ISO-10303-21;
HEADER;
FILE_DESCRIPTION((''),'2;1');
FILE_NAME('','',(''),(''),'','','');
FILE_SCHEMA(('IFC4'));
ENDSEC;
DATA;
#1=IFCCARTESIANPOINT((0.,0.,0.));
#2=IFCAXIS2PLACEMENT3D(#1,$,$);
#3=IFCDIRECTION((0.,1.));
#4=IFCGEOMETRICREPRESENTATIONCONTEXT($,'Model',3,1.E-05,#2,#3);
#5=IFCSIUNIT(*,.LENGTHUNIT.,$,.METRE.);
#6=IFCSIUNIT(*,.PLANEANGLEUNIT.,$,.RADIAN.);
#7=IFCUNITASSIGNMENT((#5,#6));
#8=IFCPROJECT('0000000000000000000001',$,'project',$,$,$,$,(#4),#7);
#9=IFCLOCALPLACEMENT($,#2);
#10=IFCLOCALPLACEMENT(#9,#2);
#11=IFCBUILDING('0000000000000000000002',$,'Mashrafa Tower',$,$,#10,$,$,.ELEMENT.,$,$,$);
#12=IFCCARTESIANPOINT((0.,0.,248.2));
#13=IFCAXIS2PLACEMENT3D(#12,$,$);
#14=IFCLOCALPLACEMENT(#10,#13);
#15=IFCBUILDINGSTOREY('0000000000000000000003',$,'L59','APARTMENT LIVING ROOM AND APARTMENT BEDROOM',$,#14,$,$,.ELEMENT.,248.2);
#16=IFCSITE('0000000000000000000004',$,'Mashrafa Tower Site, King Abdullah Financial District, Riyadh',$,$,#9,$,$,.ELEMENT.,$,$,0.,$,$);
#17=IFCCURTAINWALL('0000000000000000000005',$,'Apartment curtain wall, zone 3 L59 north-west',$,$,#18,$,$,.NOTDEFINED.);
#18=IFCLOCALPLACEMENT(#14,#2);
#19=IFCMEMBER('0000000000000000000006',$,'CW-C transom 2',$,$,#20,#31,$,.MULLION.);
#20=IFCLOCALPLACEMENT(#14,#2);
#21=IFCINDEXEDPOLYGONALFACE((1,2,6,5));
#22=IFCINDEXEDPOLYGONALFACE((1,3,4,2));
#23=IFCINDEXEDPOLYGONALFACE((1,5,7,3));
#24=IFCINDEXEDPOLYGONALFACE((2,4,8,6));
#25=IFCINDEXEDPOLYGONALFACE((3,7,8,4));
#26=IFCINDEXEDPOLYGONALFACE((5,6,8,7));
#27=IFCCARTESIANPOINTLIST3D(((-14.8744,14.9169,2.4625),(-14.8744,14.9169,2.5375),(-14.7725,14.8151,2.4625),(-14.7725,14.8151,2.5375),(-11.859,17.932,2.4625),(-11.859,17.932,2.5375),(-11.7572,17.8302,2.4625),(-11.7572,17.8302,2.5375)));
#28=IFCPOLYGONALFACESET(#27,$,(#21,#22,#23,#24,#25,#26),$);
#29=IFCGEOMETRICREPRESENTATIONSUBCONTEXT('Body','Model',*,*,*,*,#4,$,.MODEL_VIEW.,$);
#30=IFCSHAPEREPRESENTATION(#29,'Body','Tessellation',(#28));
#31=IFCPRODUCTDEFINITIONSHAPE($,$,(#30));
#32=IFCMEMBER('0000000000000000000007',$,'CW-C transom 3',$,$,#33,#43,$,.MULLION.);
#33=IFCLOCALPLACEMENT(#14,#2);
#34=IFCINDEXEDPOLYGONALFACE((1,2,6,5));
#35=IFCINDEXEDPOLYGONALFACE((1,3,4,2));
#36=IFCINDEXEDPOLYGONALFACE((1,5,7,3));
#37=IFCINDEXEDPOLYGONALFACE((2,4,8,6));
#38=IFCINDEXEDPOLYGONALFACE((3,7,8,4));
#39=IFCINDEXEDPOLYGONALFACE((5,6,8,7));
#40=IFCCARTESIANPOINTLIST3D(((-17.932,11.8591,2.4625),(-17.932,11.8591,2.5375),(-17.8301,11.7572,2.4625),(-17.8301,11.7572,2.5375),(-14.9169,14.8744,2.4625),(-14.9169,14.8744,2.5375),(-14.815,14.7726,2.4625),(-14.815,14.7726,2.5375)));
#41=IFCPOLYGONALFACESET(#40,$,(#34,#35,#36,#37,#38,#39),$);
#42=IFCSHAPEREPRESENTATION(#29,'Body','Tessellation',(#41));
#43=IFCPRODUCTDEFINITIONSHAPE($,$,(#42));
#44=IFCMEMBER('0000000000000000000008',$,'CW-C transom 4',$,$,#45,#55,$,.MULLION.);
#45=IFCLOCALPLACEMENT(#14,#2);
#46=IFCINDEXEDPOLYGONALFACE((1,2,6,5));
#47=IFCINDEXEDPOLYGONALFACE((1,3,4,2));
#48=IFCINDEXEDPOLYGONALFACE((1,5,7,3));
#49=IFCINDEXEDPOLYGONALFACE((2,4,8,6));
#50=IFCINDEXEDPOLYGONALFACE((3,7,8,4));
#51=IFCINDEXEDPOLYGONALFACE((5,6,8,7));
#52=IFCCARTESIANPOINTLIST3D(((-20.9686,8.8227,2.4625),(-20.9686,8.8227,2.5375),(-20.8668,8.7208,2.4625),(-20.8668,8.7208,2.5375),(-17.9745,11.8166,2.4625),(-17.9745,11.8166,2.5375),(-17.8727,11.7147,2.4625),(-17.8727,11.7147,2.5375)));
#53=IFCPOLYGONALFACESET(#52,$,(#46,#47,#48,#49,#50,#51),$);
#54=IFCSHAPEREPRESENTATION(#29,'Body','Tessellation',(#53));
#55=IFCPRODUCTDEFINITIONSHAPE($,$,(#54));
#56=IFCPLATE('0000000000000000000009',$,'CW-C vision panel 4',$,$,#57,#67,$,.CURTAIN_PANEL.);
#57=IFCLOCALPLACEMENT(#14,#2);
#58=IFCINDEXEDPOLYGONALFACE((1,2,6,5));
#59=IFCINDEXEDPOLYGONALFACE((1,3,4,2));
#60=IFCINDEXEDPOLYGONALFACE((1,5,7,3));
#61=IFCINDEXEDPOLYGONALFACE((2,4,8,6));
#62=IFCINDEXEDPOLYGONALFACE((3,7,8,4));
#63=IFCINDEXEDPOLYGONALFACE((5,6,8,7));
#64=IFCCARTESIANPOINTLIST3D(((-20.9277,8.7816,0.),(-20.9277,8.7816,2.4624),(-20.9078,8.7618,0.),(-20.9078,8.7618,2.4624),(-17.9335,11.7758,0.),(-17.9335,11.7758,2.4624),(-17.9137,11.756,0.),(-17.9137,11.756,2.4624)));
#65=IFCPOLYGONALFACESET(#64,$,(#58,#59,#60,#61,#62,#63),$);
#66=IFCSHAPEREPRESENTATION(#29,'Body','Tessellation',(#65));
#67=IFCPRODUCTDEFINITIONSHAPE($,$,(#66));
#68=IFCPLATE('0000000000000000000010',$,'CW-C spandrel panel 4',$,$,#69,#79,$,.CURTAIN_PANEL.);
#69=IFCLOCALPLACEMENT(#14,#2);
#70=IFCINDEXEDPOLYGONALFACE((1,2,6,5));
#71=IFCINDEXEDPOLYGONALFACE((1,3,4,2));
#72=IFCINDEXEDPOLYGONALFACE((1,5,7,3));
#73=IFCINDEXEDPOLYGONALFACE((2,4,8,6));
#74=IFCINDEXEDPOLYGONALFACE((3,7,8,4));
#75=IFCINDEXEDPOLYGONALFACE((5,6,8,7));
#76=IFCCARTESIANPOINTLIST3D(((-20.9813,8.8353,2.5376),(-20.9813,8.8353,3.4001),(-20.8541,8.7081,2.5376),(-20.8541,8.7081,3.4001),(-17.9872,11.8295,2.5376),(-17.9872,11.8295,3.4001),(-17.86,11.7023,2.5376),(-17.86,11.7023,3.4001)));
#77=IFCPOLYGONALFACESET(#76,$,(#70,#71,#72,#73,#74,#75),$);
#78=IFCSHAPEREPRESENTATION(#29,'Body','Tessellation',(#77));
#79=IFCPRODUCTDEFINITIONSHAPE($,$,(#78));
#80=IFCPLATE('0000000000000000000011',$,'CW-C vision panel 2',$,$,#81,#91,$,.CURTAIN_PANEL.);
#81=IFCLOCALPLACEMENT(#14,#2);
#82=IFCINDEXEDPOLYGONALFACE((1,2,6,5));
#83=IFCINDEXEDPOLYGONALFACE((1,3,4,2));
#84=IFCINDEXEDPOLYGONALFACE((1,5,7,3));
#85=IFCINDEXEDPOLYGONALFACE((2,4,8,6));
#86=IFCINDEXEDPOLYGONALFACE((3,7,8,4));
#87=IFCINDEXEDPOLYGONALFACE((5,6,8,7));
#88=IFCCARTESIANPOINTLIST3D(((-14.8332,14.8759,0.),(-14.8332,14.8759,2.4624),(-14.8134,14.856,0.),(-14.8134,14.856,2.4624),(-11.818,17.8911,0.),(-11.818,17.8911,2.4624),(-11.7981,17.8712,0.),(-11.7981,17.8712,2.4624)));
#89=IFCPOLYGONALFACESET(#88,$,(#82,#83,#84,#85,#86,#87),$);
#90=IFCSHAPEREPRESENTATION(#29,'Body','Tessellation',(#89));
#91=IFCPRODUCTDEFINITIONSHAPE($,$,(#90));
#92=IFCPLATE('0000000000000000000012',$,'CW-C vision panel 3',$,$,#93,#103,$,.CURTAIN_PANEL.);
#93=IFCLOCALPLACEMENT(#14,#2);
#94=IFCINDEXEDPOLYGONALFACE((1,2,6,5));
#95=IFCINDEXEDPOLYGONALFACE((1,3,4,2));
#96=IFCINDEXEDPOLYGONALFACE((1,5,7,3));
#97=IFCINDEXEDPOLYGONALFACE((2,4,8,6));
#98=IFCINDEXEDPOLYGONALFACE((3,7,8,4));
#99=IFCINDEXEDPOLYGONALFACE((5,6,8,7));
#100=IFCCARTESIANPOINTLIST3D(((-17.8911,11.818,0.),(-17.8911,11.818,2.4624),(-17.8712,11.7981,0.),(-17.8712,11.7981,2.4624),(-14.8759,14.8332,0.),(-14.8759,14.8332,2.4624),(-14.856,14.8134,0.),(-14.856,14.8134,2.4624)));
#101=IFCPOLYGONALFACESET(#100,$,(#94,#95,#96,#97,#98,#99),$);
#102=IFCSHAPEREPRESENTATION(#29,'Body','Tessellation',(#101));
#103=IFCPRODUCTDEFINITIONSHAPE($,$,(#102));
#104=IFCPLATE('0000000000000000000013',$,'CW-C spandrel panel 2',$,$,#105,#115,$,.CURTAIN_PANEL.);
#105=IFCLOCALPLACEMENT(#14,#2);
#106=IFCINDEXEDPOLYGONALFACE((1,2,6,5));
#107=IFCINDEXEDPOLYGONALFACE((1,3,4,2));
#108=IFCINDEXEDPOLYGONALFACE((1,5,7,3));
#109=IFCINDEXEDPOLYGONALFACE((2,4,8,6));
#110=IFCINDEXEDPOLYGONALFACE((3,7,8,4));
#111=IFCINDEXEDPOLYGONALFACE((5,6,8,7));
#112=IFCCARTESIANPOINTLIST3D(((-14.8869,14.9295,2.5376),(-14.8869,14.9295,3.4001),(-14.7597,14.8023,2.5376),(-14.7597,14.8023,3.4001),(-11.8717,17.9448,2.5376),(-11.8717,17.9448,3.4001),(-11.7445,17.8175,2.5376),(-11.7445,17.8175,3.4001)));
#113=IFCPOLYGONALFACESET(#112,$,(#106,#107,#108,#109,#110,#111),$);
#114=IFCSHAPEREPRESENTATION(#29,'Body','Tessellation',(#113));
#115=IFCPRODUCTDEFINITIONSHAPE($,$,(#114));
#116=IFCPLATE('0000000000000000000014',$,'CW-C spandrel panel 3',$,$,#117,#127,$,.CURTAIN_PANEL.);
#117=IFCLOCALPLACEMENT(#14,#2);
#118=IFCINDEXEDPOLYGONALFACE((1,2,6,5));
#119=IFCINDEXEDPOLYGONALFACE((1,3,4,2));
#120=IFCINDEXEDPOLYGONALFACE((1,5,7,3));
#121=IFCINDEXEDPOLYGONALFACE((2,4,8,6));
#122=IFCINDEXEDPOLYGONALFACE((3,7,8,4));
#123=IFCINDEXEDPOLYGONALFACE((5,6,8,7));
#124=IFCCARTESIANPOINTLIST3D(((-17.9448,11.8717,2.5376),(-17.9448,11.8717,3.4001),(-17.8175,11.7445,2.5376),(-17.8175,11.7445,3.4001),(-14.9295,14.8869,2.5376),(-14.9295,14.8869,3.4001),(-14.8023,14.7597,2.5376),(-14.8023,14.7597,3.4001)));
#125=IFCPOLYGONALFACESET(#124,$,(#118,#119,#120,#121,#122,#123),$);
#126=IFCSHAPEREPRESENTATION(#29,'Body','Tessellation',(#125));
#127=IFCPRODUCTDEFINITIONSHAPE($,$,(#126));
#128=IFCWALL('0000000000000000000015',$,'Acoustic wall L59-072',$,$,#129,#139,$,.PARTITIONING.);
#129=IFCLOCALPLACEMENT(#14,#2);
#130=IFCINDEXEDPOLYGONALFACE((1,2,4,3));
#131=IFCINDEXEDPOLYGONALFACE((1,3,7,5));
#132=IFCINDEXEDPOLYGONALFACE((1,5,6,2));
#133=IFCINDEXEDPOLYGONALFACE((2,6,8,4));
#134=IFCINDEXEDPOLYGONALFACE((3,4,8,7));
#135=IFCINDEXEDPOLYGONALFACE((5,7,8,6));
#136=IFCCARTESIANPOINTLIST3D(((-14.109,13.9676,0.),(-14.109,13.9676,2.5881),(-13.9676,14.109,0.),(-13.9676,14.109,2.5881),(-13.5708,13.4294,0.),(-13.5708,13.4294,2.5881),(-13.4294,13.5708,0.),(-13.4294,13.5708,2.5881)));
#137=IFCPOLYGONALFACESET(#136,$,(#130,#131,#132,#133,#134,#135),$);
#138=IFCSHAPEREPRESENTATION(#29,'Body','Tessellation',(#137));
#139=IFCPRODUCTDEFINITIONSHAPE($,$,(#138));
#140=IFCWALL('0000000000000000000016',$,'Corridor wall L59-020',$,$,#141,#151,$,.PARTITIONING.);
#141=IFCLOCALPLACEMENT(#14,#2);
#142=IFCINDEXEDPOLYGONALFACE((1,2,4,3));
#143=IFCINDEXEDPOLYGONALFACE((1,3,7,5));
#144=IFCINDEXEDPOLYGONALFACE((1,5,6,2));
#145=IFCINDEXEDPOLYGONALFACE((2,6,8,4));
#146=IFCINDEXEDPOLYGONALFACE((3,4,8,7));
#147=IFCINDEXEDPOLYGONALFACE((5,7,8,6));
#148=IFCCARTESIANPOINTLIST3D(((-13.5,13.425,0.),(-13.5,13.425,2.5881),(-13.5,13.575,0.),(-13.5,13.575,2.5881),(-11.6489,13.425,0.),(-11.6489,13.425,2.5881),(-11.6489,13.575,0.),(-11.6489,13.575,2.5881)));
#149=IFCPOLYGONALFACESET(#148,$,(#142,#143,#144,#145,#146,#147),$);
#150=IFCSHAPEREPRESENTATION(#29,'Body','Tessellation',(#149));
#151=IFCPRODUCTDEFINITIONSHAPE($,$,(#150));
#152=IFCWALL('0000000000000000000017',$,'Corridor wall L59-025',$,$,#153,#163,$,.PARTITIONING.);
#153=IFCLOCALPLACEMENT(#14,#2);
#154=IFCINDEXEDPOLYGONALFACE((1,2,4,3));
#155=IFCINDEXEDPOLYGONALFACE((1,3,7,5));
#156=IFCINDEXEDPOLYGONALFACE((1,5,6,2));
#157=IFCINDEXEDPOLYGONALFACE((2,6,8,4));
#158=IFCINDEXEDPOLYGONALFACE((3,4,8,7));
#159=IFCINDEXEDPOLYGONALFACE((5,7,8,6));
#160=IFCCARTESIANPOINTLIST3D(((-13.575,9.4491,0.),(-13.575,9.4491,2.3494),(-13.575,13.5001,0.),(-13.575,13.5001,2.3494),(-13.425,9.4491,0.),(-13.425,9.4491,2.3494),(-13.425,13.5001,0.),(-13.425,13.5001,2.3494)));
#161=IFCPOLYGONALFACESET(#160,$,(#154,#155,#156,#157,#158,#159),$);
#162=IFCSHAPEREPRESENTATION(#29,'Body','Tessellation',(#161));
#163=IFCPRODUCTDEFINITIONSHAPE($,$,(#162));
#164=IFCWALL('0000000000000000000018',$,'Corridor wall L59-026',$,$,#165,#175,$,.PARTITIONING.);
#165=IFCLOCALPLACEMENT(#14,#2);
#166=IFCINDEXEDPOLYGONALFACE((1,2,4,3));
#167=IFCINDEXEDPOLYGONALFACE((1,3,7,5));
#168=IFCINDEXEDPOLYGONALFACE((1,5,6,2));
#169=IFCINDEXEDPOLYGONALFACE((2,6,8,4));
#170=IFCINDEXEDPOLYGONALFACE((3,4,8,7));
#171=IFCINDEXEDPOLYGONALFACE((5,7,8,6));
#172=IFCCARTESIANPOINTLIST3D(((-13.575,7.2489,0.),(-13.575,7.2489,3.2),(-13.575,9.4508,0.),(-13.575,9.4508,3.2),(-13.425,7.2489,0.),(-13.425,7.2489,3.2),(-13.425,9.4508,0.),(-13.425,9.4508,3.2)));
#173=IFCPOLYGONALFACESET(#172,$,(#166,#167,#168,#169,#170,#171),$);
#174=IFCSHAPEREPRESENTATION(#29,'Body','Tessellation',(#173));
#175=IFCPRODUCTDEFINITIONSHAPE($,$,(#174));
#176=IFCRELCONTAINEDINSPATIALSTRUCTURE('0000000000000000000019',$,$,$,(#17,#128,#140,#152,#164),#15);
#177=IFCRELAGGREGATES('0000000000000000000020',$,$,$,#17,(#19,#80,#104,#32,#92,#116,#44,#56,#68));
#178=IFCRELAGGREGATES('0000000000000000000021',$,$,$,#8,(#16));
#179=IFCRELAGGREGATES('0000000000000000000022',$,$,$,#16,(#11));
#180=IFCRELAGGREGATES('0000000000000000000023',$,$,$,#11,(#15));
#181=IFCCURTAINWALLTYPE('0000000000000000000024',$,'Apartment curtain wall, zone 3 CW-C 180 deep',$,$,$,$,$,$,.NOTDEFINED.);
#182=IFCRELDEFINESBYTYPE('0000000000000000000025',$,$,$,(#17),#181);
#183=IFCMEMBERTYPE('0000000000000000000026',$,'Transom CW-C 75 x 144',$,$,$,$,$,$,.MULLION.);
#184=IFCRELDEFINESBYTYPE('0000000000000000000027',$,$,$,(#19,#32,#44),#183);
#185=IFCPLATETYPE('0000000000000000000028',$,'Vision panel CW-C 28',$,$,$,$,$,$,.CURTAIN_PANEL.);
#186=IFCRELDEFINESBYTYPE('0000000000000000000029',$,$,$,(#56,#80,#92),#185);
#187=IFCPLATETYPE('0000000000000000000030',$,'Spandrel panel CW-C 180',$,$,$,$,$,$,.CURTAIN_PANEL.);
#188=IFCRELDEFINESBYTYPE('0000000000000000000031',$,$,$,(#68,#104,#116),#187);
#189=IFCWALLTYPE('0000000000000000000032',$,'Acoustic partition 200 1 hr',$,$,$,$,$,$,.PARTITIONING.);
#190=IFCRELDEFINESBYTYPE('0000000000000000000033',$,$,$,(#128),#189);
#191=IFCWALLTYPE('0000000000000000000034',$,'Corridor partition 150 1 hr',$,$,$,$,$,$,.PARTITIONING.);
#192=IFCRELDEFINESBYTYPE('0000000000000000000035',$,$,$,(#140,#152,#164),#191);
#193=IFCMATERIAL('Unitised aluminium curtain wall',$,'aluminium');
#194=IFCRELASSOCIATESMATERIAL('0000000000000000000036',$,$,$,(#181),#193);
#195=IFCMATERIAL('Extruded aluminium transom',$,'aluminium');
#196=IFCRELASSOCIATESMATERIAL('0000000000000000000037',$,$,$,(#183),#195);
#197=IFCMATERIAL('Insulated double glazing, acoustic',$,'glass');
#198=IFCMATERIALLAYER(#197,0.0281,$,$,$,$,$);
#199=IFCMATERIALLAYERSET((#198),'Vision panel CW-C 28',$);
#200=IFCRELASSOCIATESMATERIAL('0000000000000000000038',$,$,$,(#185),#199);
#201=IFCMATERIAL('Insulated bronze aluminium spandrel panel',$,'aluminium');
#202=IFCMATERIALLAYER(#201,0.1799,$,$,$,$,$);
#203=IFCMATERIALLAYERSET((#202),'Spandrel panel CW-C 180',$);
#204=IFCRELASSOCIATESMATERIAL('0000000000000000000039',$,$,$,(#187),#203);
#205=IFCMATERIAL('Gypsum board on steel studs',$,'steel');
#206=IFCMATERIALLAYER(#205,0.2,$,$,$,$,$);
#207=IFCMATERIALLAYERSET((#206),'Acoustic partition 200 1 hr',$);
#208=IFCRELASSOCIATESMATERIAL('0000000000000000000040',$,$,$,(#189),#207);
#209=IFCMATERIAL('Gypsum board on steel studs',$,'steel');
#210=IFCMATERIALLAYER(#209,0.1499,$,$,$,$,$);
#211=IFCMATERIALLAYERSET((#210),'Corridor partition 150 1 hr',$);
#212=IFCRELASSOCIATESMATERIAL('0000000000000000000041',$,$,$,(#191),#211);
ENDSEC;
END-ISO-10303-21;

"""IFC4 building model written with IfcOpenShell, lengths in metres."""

from ifc_helpers import new_model, si_unit, direction, frame, frame_2d, origin, origin_2d, place, context, subcontext, project, spatial, rectangle, extrude, source, transform, mapped, material, layer, layer_set, material_profile, profile_set, type_object, type_shapes, element, aggregate, save


model = new_model("IFC4")

# Units and contexts
model_context = context("Model", 3, precision=1e-05, world=origin(), true_north=direction((0.0, 1.0)))
body_context = subcontext(model_context, "Body", "Model", "MODEL_VIEW")
ifc_project = project(units=[si_unit("LENGTHUNIT", "METRE"), si_unit("PLANEANGLEUNIT", "RADIAN")], contexts=[model_context])

# Site, building, storey
site_placement = place(None, origin())
site = spatial("IfcSite", under=ifc_project, at=site_placement, Name="Mashrafa Tower Site, King Abdullah Financial District, Riyadh", CompositionType="ELEMENT", RefElevation=0.0)
building_placement = place(site_placement, origin())
building = spatial("IfcBuilding", under=site, at=building_placement, Name="Mashrafa Tower", CompositionType="ELEMENT")
storey_placement = place(building_placement, frame((0.0, 0.0, 248.2)))
storey = spatial("IfcBuildingStorey", under=building, at=storey_placement, Name="L59", Description="APARTMENT LIVING ROOM AND APARTMENT BEDROOM", CompositionType="ELEMENT", Elevation=248.2)

# Curtain wall, members, plates
ifc_material_1 = material(Name="Unitised aluminium curtain wall", Category="aluminium")
curtain_wall_type = type_object("IfcCurtainWallType", Name="Apartment curtain wall, zone 3 CW-C 180 deep", PredefinedType="NOTDEFINED", material=ifc_material_1)
curtain_wall_placement = place(storey_placement, origin())
curtain_wall = element("IfcCurtainWall", 1, at=curtain_wall_placement, inside=storey, type_object=curtain_wall_type, Name="Apartment curtain wall, zone 3 L59 north-west", PredefinedType="NOTDEFINED")
ifc_material_2 = material(Name="Extruded aluminium transom", Category="aluminium")
ifc_material_profile_1 = material_profile(ifc_material_2, rectangle(XDim=0.144, YDim=0.075, at=origin_2d()), Name="Transom 75x144")
ifc_profile_set_1 = profile_set([ifc_material_profile_1], Name="Extruded aluminium transom")
member_type_1 = type_object("IfcMemberType", Name="Transom CW-C 75 x 144", PredefinedType="MULLION", material=ifc_profile_set_1)
shared_shape_1 = source(origin(), body_context, "Body", "SweptSolid", [
    extrude(rectangle(XDim=0.144, YDim=0.075, at=origin_2d()), origin(), (0.0, 0.0, 1.0), 4.2642),
])
member_1_placement = place(storey_placement, frame((-11.8081, 17.8811, 2.5), z_axis=(-0.707135, -0.707078, 0.0), x_axis=(0.707078, -0.707135, 0.0)))
member_1 = element("IfcMember", 2, at=member_1_placement, type_object=member_type_1, Name="CW-C transom 2", PredefinedType="MULLION", context=body_context, shape_type="MappedRepresentation", body=[
    mapped(shared_shape_1, transform((0.0, 0.0, 0.0))),
])
member_2_placement = place(storey_placement, frame((-14.866, 14.8235, 2.5), z_axis=(-0.707078, -0.707135, 0.0), x_axis=(0.707135, -0.707078, 0.0)))
member_2 = element("IfcMember", 3, at=member_2_placement, type_object=member_type_1, Name="CW-C transom 3", PredefinedType="MULLION", context=body_context, shape_type="MappedRepresentation", body=[
    mapped(shared_shape_1, transform((0.0, 0.0, 0.0))),
])
shared_shape_2 = source(origin(), body_context, "Body", "SweptSolid", [
    extrude(rectangle(XDim=0.144, YDim=0.075, at=origin_2d()), origin(), (0.0, 0.0, 1.0), 4.2341),
])
type_shapes(member_type_1, [shared_shape_1, shared_shape_2])
member_3_placement = place(storey_placement, frame((-17.9236, 11.7656, 2.5), z_axis=(-0.707136, -0.707078, 0.0), x_axis=(0.707078, -0.707136, 0.0)))
member_3 = element("IfcMember", 4, at=member_3_placement, type_object=member_type_1, Name="CW-C transom 4", PredefinedType="MULLION", context=body_context, shape_type="MappedRepresentation", body=[
    mapped(shared_shape_2, transform((0.0, 0.0, 0.0))),
])
ifc_material_3 = material(Name="Insulated double glazing, acoustic", Category="glass")
ifc_layer_1 = layer(ifc_material_3, 0.0281)
ifc_layer_set_1 = layer_set([ifc_layer_1], Name="Vision panel CW-C 28")
plate_type_1 = type_object("IfcPlateType", Name="Vision panel CW-C 28", PredefinedType="CURTAIN_PANEL", material=ifc_layer_set_1)
shared_shape_3 = source(origin(), body_context, "Body", "SweptSolid", [
    extrude(rectangle(XDim=4.2344, YDim=0.0281, at=origin_2d()), origin(), (0.0, 0.0, 1.0), 2.4624),
])
plate_1_placement = place(storey_placement, frame((-19.4207, 10.2688, 0.0), z_axis=(0.0, 0.0, 1.0), x_axis=(-0.707107, -0.707107, 0.0)))
plate_1 = element("IfcPlate", 5, at=plate_1_placement, type_object=plate_type_1, Name="CW-C vision panel 4", PredefinedType="CURTAIN_PANEL", context=body_context, shape_type="MappedRepresentation", body=[
    mapped(shared_shape_3, transform((0.0, 0.0, 0.0))),
])
ifc_material_4 = material(Name="Insulated bronze aluminium spandrel panel", Category="aluminium")
ifc_layer_2 = layer(ifc_material_4, 0.1799)
ifc_layer_set_2 = layer_set([ifc_layer_2], Name="Spandrel panel CW-C 180")
plate_type_2 = type_object("IfcPlateType", Name="Spandrel panel CW-C 180", PredefinedType="CURTAIN_PANEL", material=ifc_layer_set_2)
shared_shape_4 = source(origin(), body_context, "Body", "SweptSolid", [
    extrude(rectangle(XDim=4.2344, YDim=0.1799, at=origin_2d()), origin(), (0.0, 0.0, 1.0), 0.8625),
])
plate_2_placement = place(storey_placement, frame((-19.4207, 10.2688, 2.5376), z_axis=(0.0, 0.0, 1.0), x_axis=(-0.707107, -0.707107, 0.0)))
plate_2 = element("IfcPlate", 6, at=plate_2_placement, type_object=plate_type_2, Name="CW-C spandrel panel 4", PredefinedType="CURTAIN_PANEL", context=body_context, shape_type="MappedRepresentation", body=[
    mapped(shared_shape_4, transform((0.0, 0.0, 0.0))),
])
shared_shape_5 = source(origin(), body_context, "Body", "SweptSolid", [
    extrude(rectangle(XDim=4.2642, YDim=0.0281, at=origin_2d()), origin(), (0.0, 0.0, 1.0), 2.4624),
])
type_shapes(plate_type_1, [shared_shape_3, shared_shape_5])
plate_3_placement = place(storey_placement, frame((-13.3157, 16.3735, 0.0), z_axis=(0.0, 0.0, 1.0), x_axis=(-0.707107, -0.707107, 0.0)))
plate_3 = element("IfcPlate", 7, at=plate_3_placement, type_object=plate_type_1, Name="CW-C vision panel 2", PredefinedType="CURTAIN_PANEL", context=body_context, shape_type="MappedRepresentation", body=[
    mapped(shared_shape_5, transform((0.0, 0.0, 0.0))),
])
plate_4_placement = place(storey_placement, frame((-16.3735, 13.3157, 0.0), z_axis=(0.0, 0.0, 1.0), x_axis=(-0.707107, -0.707107, 0.0)))
plate_4 = element("IfcPlate", 8, at=plate_4_placement, type_object=plate_type_1, Name="CW-C vision panel 3", PredefinedType="CURTAIN_PANEL", context=body_context, shape_type="MappedRepresentation", body=[
    mapped(shared_shape_5, transform((0.0, 0.0, 0.0))),
])
shared_shape_6 = source(origin(), body_context, "Body", "SweptSolid", [
    extrude(rectangle(XDim=4.2642, YDim=0.1799, at=origin_2d()), origin(), (0.0, 0.0, 1.0), 0.8625),
])
type_shapes(plate_type_2, [shared_shape_4, shared_shape_6])
plate_5_placement = place(storey_placement, frame((-13.3157, 16.3735, 2.5376), z_axis=(0.0, 0.0, 1.0), x_axis=(-0.707107, -0.707107, 0.0)))
plate_5 = element("IfcPlate", 9, at=plate_5_placement, type_object=plate_type_2, Name="CW-C spandrel panel 2", PredefinedType="CURTAIN_PANEL", context=body_context, shape_type="MappedRepresentation", body=[
    mapped(shared_shape_6, transform((0.0, 0.0, 0.0))),
])
plate_6_placement = place(storey_placement, frame((-16.3735, 13.3157, 2.5376), z_axis=(0.0, 0.0, 1.0), x_axis=(-0.707107, -0.707107, 0.0)))
plate_6 = element("IfcPlate", 10, at=plate_6_placement, type_object=plate_type_2, Name="CW-C spandrel panel 3", PredefinedType="CURTAIN_PANEL", context=body_context, shape_type="MappedRepresentation", body=[
    mapped(shared_shape_6, transform((0.0, 0.0, 0.0))),
])
aggregate(curtain_wall, [member_1, plate_3, plate_5, member_2, plate_4, plate_6, member_3, plate_1, plate_2])

# Walls
ifc_material_5 = material(Name="Gypsum board on steel studs", Category="steel")
ifc_layer_3 = layer(ifc_material_5, 0.2)
ifc_layer_set_3 = layer_set([ifc_layer_3], Name="Acoustic partition 200 1 hr")
wall_type_1 = type_object("IfcWallType", Name="Acoustic partition 200 1 hr", PredefinedType="PARTITIONING", material=ifc_layer_set_3)
wall_1_placement = place(storey_placement, frame((-14.0383, 14.0383, 0.0), z_axis=(0.0, 0.0, 1.0), x_axis=(0.707107, -0.707107, 0.0)))
element("IfcWall", 11, at=wall_1_placement, inside=storey, type_object=wall_type_1, Name="Acoustic wall L59-072", PredefinedType="PARTITIONING", context=body_context, shape_type="SweptSolid", body=[
    extrude(rectangle(XDim=0.7612, YDim=0.2, at=frame_2d((0.3806, 0.0))), origin(), (0.0, 0.0, 1.0), 2.5881),
])
ifc_material_6 = material(Name="Gypsum board on steel studs", Category="steel")
ifc_layer_4 = layer(ifc_material_6, 0.1499)
ifc_layer_set_4 = layer_set([ifc_layer_4], Name="Corridor partition 150 1 hr")
wall_type_2 = type_object("IfcWallType", Name="Corridor partition 150 1 hr", PredefinedType="PARTITIONING", material=ifc_layer_set_4)
wall_2_placement = place(storey_placement, frame((-11.6489, 13.5, 0.0), z_axis=(0.0, 0.0, 1.0), x_axis=(-1.0, 0.0, 0.0)))
element("IfcWall", 12, at=wall_2_placement, inside=storey, type_object=wall_type_2, Name="Corridor wall L59-020", PredefinedType="PARTITIONING", context=body_context, shape_type="SweptSolid", body=[
    extrude(rectangle(XDim=1.8511, YDim=0.1499, at=frame_2d((0.9255, 0.0))), origin(), (0.0, 0.0, 1.0), 2.5881),
])
wall_3_placement = place(storey_placement, frame((-13.5, 13.5, 0.0), z_axis=(0.0, 0.0, 1.0), x_axis=(0.0, -1.0, 0.0)))
element("IfcWall", 13, at=wall_3_placement, inside=storey, type_object=wall_type_2, Name="Corridor wall L59-025", PredefinedType="PARTITIONING", context=body_context, shape_type="SweptSolid", body=[
    extrude(rectangle(XDim=4.051, YDim=0.1499, at=frame_2d((2.0254, 0.0))), origin(), (0.0, 0.0, 1.0), 2.3494),
])
wall_4_placement = place(storey_placement, frame((-13.5, 9.4509, 0.0), z_axis=(0.0, 0.0, 1.0), x_axis=(0.0, -1.0, 0.0)))
element("IfcWall", 14, at=wall_4_placement, inside=storey, type_object=wall_type_2, Name="Corridor wall L59-026", PredefinedType="PARTITIONING", context=body_context, shape_type="SweptSolid", body=[
    extrude(rectangle(XDim=2.2019, YDim=0.1499, at=frame_2d((1.1011, 0.0))), origin(), (0.0, 0.0, 1.0), 3.2),
])

save(model, "model.ifc")
